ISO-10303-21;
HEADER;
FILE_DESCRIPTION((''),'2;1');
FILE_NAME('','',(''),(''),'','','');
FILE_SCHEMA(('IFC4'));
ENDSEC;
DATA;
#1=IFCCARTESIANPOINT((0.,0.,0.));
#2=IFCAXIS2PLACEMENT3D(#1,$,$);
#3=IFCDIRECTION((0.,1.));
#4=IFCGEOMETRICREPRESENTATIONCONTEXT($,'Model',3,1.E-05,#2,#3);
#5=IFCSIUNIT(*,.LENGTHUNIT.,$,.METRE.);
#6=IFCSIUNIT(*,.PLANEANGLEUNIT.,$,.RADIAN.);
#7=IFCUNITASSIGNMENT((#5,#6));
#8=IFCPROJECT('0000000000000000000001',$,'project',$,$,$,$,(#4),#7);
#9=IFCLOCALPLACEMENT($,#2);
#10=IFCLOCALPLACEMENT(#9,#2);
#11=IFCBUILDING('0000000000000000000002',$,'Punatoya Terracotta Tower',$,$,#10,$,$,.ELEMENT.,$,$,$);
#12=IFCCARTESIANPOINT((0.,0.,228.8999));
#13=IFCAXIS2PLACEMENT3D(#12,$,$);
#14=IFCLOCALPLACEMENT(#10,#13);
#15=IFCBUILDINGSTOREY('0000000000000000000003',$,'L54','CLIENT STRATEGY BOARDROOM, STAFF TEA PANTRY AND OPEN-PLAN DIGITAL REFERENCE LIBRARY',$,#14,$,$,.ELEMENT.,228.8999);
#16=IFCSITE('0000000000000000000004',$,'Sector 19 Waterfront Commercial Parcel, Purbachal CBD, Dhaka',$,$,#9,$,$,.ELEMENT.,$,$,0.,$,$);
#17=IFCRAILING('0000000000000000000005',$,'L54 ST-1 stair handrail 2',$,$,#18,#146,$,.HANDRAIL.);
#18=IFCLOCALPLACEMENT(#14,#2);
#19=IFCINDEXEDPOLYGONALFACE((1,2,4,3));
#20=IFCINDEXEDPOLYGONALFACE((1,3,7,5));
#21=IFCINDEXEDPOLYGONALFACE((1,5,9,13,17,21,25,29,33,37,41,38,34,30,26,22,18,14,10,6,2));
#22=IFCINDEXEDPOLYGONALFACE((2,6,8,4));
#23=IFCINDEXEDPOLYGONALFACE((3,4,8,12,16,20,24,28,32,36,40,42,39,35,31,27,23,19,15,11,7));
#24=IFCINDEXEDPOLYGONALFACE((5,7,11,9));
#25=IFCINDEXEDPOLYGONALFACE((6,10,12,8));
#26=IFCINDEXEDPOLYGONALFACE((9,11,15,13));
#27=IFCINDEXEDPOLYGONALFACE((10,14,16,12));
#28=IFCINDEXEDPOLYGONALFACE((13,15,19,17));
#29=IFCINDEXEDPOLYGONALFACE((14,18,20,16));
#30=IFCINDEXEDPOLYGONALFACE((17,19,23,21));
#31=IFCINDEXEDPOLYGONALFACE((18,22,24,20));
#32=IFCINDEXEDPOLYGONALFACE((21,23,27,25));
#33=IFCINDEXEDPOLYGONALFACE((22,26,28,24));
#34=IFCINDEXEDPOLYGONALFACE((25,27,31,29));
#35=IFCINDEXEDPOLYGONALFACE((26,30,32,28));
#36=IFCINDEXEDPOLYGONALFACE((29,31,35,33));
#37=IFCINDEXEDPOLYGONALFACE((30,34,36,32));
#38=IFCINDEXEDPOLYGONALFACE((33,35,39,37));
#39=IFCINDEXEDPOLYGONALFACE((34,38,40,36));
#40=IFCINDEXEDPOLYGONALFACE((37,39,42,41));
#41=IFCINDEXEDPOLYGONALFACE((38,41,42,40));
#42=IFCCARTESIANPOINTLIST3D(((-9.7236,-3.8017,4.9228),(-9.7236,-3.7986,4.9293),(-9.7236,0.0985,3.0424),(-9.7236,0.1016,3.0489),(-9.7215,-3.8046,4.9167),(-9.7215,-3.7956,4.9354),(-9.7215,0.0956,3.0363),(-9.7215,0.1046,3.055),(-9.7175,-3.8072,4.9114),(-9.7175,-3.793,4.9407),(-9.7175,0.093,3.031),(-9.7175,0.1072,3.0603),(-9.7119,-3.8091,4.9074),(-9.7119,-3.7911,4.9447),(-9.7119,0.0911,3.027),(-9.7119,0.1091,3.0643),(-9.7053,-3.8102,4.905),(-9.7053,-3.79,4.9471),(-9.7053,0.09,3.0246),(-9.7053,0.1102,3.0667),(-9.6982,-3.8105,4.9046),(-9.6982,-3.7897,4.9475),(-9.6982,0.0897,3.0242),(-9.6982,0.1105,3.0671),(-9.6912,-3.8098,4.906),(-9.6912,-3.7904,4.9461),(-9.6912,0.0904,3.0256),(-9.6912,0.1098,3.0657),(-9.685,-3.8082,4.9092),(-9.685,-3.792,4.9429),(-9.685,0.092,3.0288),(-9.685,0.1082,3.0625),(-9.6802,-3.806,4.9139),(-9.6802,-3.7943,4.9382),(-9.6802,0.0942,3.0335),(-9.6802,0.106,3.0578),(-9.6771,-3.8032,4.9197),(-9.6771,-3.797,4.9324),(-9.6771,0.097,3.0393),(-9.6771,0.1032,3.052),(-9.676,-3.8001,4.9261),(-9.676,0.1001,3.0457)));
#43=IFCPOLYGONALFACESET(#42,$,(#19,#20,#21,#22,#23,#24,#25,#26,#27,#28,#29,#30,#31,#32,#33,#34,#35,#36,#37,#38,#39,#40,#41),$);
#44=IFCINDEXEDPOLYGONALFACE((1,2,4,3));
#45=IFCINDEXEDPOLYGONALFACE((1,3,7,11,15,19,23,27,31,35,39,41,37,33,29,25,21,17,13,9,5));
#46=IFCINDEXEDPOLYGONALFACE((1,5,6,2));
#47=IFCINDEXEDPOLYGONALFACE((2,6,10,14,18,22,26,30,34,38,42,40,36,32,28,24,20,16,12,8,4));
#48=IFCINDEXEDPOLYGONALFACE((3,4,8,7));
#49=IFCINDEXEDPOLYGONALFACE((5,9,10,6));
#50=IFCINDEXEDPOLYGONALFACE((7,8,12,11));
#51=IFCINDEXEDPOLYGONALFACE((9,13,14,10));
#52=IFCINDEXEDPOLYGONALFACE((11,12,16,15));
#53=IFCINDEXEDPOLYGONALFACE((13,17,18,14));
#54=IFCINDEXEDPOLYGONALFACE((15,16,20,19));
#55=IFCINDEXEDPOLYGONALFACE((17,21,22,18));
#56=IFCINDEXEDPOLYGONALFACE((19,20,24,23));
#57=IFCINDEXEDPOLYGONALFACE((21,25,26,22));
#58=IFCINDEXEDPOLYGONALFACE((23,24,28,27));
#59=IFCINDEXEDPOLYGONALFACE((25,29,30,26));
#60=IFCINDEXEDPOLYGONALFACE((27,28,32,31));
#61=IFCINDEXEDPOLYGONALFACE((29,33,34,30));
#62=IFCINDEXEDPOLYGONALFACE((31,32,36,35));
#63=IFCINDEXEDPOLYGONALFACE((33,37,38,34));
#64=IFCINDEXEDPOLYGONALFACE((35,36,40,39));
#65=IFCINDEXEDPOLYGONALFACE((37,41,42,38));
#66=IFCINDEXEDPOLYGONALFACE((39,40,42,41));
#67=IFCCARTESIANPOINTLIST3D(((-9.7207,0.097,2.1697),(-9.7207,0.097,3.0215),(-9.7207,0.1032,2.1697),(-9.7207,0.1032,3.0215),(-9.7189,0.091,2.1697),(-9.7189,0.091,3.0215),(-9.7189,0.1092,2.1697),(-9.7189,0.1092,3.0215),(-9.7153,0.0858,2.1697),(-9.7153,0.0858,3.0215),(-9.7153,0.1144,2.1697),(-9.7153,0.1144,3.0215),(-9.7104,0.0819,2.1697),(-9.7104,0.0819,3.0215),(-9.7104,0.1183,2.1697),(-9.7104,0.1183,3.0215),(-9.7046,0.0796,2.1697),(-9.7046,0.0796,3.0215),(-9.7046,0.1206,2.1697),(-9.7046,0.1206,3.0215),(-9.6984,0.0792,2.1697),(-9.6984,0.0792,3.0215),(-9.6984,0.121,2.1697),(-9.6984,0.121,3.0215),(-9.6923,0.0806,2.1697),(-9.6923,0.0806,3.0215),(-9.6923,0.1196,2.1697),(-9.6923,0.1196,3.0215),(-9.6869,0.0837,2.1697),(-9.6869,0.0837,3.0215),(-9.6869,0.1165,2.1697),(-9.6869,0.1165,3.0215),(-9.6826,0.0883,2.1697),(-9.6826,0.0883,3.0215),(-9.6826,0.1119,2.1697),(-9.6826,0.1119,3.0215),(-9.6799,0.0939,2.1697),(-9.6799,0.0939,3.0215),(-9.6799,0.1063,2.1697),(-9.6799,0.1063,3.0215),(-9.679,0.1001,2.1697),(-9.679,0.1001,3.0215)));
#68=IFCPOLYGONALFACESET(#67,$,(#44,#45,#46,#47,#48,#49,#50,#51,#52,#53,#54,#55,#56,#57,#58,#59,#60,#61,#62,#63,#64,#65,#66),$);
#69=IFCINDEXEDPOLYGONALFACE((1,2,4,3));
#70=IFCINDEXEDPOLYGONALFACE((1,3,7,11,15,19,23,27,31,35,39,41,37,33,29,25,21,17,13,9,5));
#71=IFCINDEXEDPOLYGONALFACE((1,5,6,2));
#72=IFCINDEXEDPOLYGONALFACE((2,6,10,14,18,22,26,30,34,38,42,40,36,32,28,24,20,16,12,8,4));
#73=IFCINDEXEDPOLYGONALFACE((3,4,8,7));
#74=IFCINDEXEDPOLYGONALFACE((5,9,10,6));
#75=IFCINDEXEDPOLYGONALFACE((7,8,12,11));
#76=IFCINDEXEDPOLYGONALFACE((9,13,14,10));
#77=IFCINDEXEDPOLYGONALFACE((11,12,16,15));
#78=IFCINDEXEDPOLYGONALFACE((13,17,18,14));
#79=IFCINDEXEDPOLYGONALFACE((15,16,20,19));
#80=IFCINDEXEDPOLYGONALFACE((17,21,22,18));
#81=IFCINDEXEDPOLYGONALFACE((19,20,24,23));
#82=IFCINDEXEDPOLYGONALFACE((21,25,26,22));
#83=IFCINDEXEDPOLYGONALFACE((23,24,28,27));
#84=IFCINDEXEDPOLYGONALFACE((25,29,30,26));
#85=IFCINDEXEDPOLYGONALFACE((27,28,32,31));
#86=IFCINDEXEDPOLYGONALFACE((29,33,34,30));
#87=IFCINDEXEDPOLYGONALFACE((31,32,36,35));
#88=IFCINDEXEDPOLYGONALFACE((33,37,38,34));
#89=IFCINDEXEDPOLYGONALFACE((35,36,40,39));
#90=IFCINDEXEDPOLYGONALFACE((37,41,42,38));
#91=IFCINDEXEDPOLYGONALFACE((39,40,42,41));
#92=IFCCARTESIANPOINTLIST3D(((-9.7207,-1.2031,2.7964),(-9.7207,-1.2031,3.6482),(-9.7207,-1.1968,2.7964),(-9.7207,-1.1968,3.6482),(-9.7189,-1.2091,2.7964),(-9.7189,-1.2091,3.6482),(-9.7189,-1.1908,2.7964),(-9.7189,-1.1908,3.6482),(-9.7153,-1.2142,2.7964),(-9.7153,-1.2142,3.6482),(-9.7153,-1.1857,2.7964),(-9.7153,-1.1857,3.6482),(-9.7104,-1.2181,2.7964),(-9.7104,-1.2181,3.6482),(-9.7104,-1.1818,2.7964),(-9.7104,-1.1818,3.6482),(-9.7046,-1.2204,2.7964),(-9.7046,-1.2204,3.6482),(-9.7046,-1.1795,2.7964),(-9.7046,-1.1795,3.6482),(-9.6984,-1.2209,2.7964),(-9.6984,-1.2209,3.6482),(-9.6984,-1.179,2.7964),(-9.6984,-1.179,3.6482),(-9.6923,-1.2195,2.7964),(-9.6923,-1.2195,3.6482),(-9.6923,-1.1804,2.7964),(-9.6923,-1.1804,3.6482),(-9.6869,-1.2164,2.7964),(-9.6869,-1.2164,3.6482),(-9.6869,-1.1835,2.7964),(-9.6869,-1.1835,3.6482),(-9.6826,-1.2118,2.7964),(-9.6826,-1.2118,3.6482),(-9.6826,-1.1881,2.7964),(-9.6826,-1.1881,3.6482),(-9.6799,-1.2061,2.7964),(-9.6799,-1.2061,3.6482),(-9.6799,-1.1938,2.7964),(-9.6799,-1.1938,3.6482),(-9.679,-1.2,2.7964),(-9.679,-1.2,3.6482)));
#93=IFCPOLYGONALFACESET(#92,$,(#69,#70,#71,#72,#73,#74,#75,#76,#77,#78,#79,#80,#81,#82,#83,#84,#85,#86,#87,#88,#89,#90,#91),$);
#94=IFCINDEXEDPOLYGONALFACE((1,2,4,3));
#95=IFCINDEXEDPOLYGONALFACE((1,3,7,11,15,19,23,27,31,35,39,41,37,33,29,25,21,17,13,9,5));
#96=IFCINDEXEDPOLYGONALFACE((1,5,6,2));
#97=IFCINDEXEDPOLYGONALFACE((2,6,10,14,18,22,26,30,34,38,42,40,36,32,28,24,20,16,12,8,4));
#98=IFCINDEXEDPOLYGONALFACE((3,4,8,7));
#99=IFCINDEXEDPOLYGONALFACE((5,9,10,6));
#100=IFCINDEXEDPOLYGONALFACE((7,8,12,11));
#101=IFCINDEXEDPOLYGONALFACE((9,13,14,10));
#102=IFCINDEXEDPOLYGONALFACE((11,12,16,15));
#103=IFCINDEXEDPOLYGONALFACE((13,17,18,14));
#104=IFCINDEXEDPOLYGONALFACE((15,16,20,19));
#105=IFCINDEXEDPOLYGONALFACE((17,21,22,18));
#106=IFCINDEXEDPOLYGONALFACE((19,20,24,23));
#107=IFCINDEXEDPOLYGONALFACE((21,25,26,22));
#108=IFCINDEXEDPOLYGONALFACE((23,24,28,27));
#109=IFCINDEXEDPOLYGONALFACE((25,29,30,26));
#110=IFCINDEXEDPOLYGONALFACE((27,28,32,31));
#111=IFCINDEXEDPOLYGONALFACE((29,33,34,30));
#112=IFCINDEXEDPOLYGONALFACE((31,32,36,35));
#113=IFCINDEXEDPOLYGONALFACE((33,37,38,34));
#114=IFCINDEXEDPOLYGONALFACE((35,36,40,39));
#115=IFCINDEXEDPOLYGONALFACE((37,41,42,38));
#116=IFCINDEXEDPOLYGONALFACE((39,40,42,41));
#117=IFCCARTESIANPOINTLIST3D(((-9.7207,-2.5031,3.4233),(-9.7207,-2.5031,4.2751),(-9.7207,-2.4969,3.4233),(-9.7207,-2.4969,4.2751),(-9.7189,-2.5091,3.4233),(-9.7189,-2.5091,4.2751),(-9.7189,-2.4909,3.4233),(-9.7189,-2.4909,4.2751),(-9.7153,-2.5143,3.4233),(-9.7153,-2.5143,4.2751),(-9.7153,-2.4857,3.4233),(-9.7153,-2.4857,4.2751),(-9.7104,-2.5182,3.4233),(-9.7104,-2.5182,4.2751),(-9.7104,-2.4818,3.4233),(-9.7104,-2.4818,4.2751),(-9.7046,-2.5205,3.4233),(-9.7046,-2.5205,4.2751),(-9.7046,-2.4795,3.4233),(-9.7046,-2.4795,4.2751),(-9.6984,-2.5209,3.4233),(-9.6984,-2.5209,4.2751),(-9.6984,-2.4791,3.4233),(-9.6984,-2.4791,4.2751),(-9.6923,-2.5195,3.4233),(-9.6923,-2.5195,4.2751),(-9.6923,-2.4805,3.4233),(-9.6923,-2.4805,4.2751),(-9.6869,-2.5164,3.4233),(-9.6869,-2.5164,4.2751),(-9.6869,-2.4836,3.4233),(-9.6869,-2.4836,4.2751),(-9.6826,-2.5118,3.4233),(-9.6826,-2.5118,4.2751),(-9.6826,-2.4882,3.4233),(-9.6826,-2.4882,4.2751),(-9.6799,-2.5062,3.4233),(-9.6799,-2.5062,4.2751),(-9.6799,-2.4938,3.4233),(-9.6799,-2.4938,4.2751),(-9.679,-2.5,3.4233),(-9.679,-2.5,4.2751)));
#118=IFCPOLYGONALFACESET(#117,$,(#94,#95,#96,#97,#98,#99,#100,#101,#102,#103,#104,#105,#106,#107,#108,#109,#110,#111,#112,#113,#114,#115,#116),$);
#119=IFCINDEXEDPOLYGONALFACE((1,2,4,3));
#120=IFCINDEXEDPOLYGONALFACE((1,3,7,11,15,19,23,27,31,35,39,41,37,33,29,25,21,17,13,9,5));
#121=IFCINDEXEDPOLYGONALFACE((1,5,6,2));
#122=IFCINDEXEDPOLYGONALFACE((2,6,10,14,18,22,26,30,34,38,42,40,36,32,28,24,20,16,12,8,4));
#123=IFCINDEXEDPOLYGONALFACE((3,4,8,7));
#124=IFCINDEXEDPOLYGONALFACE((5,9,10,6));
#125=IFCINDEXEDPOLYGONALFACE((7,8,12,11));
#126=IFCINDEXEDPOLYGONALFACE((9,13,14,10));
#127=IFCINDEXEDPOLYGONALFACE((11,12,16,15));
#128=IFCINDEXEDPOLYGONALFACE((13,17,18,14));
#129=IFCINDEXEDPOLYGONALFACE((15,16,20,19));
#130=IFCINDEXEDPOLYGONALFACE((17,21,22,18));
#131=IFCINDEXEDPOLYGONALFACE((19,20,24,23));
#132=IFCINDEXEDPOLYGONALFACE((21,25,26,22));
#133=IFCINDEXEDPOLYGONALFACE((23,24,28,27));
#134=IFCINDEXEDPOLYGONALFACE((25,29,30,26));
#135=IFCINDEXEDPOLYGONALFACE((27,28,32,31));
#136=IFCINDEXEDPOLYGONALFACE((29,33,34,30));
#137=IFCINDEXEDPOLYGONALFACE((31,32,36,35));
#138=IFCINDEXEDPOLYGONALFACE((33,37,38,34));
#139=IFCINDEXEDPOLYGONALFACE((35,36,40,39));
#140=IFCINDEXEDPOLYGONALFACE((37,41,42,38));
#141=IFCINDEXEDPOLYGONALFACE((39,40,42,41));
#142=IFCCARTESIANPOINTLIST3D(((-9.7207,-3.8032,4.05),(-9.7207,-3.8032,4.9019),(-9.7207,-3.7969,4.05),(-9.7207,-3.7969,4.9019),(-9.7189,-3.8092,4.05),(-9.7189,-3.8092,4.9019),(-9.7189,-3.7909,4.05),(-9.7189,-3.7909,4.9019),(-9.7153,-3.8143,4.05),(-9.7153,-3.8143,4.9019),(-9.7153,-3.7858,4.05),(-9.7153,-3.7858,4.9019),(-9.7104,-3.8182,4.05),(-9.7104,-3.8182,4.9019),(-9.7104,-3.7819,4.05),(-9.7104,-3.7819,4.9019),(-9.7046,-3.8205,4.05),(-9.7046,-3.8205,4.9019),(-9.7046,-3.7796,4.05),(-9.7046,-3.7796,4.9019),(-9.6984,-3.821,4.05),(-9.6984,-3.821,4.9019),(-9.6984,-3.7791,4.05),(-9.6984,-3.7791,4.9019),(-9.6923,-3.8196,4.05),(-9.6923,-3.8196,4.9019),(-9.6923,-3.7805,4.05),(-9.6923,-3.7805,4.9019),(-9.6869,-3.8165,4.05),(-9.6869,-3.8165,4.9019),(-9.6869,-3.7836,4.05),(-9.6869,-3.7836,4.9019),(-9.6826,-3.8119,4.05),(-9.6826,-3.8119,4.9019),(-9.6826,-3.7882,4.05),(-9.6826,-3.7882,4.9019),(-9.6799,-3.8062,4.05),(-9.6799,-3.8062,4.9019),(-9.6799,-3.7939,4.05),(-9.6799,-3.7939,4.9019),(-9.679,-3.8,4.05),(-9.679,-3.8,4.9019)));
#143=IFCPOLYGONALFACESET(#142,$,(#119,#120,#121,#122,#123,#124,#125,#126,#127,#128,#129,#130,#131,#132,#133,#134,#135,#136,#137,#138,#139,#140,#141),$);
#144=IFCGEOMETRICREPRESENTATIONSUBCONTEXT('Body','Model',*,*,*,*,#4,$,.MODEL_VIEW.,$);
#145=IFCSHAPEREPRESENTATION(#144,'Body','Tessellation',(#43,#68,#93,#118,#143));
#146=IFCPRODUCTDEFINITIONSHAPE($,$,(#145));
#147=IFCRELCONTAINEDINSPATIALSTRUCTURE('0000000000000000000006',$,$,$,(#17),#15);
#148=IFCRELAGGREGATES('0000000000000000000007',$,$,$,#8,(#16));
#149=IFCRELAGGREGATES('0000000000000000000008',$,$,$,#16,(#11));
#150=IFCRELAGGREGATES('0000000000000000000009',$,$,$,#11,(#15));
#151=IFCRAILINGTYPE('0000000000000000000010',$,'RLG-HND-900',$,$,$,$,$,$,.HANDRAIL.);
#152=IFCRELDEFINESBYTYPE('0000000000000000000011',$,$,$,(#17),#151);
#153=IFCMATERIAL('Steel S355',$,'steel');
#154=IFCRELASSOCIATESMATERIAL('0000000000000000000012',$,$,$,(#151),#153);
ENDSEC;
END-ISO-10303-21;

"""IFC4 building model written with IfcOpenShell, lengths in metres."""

from ifc_helpers import new_model, si_unit, direction, frame, origin, origin_2d, place, context, subcontext, project, spatial, circle, extrude, material, type_object, element, save


model = new_model("IFC4")

# Units and contexts
model_context = context("Model", 3, precision=1e-05, world=origin(), true_north=direction((0.0, 1.0)))
body_context = subcontext(model_context, "Body", "Model", "MODEL_VIEW")
ifc_project = project(units=[si_unit("LENGTHUNIT", "METRE"), si_unit("PLANEANGLEUNIT", "RADIAN")], contexts=[model_context])

# Site, building, storey
site_placement = place(None, origin())
site = spatial("IfcSite", under=ifc_project, at=site_placement, Name="Sector 19 Waterfront Commercial Parcel, Purbachal CBD, Dhaka", CompositionType="ELEMENT", RefElevation=0.0)
building_placement = place(site_placement, origin())
building = spatial("IfcBuilding", under=site, at=building_placement, Name="Punatoya Terracotta Tower", CompositionType="ELEMENT")
storey_placement = place(building_placement, frame((0.0, 0.0, 228.8999)))
storey = spatial("IfcBuildingStorey", under=building, at=storey_placement, Name="L54", Description="CLIENT STRATEGY BOARDROOM, STAFF TEA PANTRY AND OPEN-PLAN DIGITAL REFERENCE LIBRARY", CompositionType="ELEMENT", Elevation=228.8999)

# Shared definitions
ifc_material_1 = material(Name="Steel S355", Category="steel")

# Railing
railing_type = type_object("IfcRailingType", Name="RLG-HND-900", PredefinedType="HANDRAIL", material=ifc_material_1)
railing_placement = place(storey_placement, frame((-9.7, 0.1001, 2.1697)))
element("IfcRailing", 1, at=railing_placement, inside=storey, type_object=railing_type, Name="L54 ST-1 stair handrail 2", PredefinedType="HANDRAIL", context=body_context, shape_type="SweptSolid", body=[
    extrude(circle(Radius=0.0239, at=origin_2d()), frame((0.0, 0.0, 0.876), z_axis=(0.0, -0.900774, 0.434289), x_axis=(1.0, 0.0, 0.0)), (0.0, 0.0, 1.0), 4.3298),
    extrude(circle(Radius=0.021, at=origin_2d()), origin(), (0.0, 0.0, 1.0), 0.8518),
    extrude(circle(Radius=0.021, at=origin_2d()), frame((0.0, -1.3, 0.6267)), (0.0, 0.0, 1.0), 0.8518),
    extrude(circle(Radius=0.021, at=origin_2d()), frame((0.0, -2.6001, 1.2537)), (0.0, 0.0, 1.0), 0.8518),
    extrude(circle(Radius=0.021, at=origin_2d()), frame((0.0, -3.9001, 1.8804)), (0.0, 0.0, 1.0), 0.8518),
])

save(model, "model.ifc")
